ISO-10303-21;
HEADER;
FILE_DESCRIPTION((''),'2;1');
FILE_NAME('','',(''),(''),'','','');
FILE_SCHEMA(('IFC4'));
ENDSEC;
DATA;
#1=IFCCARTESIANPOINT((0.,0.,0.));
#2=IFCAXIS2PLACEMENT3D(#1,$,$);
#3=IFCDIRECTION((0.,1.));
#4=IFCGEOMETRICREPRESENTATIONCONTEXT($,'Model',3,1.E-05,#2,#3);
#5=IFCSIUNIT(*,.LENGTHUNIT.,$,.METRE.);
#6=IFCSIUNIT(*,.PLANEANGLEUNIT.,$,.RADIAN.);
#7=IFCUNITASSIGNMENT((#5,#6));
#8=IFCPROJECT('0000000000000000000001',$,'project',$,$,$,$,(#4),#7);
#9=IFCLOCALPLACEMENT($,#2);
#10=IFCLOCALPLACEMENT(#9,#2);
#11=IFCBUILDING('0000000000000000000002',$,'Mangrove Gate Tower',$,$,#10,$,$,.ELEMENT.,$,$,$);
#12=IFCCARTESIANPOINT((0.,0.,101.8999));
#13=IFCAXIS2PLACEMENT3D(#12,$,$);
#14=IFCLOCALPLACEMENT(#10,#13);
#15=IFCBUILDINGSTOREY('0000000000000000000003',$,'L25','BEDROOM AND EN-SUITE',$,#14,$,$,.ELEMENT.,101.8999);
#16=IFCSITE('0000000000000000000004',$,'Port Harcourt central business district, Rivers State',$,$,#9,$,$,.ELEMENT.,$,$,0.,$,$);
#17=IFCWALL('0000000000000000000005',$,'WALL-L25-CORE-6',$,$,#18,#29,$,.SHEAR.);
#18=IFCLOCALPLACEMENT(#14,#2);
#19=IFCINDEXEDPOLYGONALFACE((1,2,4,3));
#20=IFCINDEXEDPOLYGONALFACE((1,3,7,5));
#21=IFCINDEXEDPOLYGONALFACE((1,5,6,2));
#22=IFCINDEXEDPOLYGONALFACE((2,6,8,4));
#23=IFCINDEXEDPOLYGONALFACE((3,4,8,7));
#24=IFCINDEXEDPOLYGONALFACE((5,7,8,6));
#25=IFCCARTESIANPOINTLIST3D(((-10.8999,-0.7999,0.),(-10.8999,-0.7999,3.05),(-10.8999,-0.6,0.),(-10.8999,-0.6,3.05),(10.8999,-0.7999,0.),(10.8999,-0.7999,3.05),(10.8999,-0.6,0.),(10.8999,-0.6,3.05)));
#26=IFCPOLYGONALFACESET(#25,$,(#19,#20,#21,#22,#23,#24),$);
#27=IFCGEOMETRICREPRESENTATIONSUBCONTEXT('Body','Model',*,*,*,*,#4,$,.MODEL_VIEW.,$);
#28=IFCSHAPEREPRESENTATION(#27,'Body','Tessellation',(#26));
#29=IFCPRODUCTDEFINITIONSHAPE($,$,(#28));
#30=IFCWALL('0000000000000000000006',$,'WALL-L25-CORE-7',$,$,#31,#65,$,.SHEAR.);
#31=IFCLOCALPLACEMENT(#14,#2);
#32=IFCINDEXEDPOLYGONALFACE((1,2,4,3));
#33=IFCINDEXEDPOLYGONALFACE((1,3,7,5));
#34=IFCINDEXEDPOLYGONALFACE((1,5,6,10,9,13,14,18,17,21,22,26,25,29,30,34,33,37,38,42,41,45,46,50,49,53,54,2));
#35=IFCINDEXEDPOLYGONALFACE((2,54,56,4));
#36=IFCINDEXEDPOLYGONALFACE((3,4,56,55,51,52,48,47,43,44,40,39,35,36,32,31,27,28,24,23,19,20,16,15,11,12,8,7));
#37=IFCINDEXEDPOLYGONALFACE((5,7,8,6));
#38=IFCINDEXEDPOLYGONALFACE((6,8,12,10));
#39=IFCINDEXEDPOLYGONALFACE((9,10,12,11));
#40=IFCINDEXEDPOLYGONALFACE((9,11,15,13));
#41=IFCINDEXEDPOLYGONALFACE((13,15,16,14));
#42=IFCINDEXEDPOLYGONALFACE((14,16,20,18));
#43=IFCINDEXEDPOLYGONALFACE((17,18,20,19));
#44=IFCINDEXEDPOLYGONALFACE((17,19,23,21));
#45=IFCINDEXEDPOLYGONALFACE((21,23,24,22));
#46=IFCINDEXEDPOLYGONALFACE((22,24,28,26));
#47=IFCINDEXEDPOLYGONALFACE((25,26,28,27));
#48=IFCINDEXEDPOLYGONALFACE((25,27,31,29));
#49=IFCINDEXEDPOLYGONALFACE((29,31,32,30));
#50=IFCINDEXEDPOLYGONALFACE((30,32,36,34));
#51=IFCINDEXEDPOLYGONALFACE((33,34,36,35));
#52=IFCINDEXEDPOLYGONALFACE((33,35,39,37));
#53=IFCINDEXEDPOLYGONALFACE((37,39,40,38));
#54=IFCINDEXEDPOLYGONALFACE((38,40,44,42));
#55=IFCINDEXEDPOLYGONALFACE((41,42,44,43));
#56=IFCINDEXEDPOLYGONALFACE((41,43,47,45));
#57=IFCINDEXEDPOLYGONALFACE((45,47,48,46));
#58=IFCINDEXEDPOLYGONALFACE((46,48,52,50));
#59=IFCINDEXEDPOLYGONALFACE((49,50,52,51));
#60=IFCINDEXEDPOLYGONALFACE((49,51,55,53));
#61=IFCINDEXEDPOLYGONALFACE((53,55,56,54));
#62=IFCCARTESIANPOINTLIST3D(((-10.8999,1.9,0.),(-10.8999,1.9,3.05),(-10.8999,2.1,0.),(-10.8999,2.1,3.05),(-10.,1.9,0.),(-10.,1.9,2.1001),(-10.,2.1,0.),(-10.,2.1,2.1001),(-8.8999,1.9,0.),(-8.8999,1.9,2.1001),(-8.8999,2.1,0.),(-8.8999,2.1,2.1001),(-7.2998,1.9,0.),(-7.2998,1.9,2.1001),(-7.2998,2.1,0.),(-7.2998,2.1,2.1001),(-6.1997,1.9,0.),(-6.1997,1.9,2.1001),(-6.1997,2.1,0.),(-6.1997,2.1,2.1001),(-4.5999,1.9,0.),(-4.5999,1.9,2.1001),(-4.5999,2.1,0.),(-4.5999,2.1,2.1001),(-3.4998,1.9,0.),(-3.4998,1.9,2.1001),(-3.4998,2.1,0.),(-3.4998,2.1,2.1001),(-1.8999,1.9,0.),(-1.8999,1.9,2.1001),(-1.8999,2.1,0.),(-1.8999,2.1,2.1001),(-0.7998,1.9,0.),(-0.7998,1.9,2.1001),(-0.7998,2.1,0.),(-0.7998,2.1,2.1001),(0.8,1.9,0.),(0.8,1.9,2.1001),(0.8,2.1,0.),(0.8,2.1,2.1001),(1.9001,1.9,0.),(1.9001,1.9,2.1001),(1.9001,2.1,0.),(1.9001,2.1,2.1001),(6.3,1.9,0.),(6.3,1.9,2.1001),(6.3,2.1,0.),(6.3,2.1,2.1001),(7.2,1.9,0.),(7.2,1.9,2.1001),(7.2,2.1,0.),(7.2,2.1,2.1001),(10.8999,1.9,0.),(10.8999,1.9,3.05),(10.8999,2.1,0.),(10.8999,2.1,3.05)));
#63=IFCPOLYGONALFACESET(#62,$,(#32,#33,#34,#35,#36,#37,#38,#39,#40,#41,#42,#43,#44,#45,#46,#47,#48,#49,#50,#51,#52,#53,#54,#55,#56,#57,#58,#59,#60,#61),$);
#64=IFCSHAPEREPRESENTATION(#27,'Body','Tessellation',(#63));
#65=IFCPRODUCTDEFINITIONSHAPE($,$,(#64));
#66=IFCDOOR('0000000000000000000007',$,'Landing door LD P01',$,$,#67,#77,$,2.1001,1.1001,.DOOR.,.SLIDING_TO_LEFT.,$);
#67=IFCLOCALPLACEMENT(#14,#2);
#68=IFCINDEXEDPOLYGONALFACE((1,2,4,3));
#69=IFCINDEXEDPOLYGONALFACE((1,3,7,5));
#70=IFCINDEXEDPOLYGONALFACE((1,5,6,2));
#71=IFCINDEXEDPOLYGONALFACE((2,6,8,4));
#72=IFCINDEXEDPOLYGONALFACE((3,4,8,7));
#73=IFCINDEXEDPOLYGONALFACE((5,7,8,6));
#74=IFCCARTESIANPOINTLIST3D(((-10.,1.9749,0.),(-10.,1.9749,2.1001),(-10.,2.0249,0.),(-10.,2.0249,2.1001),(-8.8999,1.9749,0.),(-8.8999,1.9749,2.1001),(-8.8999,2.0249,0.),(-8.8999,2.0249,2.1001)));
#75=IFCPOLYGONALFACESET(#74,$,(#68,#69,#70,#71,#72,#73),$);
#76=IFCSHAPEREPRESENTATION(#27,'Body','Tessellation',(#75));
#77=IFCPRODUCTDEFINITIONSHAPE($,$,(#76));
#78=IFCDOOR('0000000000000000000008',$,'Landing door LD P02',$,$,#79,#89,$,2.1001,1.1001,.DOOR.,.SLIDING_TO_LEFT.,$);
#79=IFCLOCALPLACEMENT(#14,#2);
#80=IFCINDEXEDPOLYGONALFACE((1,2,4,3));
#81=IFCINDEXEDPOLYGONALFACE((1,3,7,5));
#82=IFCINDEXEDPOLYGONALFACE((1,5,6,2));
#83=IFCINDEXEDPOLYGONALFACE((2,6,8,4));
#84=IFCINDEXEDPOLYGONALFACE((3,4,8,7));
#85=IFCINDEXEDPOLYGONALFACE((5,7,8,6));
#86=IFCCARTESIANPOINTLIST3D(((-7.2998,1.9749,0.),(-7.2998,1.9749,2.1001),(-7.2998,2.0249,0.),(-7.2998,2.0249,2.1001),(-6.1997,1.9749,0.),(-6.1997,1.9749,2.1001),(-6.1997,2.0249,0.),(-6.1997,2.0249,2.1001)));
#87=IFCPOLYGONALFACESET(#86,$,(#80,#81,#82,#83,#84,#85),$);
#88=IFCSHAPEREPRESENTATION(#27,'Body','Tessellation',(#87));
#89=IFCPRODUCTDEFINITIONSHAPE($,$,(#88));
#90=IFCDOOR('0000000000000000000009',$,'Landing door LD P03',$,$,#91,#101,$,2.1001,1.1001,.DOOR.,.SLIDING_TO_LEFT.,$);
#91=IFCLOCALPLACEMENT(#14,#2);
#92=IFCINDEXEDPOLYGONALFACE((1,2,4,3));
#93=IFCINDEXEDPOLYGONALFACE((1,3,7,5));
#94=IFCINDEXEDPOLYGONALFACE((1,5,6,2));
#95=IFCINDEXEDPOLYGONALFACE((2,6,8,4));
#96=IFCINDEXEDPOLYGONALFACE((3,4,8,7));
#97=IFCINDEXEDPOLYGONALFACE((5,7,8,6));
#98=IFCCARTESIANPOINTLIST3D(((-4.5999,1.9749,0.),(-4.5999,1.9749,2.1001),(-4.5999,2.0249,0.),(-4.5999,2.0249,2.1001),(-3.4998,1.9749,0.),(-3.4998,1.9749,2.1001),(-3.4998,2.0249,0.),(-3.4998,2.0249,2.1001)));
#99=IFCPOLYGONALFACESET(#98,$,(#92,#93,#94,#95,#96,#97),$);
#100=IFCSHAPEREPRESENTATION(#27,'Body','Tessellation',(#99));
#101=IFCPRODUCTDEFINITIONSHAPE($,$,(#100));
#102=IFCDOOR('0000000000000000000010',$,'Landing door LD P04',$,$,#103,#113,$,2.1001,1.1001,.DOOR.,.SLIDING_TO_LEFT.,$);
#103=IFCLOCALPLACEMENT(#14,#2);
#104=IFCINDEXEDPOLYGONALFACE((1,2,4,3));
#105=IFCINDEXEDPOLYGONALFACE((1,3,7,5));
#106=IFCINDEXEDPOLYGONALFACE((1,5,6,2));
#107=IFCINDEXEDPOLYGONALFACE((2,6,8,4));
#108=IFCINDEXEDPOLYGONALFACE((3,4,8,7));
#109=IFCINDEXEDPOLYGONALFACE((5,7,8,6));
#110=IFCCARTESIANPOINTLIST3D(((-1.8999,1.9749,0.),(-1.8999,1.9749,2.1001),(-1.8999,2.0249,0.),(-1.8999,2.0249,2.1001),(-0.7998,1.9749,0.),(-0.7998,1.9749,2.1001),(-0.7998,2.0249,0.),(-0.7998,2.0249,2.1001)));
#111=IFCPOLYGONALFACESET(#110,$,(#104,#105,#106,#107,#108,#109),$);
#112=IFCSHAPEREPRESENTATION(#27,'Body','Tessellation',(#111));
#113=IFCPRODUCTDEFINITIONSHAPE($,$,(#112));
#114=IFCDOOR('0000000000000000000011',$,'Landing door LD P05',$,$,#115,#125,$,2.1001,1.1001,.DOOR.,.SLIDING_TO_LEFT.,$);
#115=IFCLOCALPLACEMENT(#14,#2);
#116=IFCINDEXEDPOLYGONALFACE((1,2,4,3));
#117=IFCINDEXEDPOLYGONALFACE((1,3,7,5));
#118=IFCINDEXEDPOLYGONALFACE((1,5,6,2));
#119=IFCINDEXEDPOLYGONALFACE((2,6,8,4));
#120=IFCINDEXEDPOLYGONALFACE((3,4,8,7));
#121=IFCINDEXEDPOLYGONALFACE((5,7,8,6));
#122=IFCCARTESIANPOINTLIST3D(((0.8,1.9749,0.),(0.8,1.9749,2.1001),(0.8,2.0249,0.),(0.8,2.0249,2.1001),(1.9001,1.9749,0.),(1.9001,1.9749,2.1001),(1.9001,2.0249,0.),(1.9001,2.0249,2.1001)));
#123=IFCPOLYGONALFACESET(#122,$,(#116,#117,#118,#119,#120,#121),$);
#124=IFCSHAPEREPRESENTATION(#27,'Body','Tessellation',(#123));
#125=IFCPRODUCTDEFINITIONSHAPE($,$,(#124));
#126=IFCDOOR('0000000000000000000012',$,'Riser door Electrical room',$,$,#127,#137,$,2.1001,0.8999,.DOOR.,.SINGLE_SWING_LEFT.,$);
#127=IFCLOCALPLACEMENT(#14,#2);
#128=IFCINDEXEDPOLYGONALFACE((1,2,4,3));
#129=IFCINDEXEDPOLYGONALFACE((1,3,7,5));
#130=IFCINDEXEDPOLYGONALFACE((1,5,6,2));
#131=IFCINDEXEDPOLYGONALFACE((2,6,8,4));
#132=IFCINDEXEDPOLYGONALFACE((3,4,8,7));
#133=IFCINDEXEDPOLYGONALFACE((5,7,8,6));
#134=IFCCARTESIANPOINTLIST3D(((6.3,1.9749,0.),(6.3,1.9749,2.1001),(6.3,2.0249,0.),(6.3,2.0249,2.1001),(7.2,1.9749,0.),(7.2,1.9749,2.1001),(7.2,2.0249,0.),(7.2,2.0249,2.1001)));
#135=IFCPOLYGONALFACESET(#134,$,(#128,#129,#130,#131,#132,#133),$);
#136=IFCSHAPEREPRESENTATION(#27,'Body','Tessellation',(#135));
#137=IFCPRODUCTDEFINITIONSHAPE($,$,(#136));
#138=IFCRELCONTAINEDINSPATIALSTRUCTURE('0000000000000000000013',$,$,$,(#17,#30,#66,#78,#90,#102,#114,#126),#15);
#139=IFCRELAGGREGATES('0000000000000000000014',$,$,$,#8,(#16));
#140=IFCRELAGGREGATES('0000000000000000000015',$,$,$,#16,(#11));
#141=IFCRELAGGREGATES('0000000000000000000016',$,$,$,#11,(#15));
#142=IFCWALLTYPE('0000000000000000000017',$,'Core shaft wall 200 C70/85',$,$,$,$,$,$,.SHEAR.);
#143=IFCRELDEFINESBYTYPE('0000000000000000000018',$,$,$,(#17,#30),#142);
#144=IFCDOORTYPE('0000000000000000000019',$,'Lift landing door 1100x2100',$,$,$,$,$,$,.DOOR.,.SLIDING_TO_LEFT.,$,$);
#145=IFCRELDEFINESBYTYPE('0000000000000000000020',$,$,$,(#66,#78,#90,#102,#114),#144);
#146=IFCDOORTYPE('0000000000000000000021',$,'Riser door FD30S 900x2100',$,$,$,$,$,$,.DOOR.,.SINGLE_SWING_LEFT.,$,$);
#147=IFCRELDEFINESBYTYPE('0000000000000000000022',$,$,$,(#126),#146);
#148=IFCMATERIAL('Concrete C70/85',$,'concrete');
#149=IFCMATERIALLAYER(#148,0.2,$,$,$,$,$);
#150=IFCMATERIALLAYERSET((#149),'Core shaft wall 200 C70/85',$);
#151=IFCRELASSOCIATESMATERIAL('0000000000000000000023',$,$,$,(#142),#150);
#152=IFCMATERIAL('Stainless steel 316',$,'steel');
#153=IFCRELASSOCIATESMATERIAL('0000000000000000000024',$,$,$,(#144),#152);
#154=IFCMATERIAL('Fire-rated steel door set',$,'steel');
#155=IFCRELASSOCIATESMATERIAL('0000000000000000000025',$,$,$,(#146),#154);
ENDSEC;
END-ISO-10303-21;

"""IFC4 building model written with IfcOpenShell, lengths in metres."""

from ifc_helpers import new_model, si_unit, direction, frame, frame_2d, origin, place, context, subcontext, project, spatial, rectangle, extrude, material, layer, layer_set, type_object, element, fill, save


model = new_model("IFC4")

# Units and contexts
model_context = context("Model", 3, precision=1e-05, world=origin(), true_north=direction((0.0, 1.0)))
body_context = subcontext(model_context, "Body", "Model", "MODEL_VIEW")
ifc_project = project(units=[si_unit("LENGTHUNIT", "METRE"), si_unit("PLANEANGLEUNIT", "RADIAN")], contexts=[model_context])

# Site, building, storey
site_placement = place(None, origin())
site = spatial("IfcSite", under=ifc_project, at=site_placement, Name="Port Harcourt central business district, Rivers State", CompositionType="ELEMENT", RefElevation=0.0)
building_placement = place(site_placement, origin())
building = spatial("IfcBuilding", under=site, at=building_placement, Name="Mangrove Gate Tower", CompositionType="ELEMENT")
storey_placement = place(building_placement, frame((0.0, 0.0, 101.8999)))
storey = spatial("IfcBuildingStorey", under=building, at=storey_placement, Name="L25", Description="BEDROOM AND EN-SUITE", CompositionType="ELEMENT", Elevation=101.8999)

# Wall
ifc_material_1 = material(Name="Concrete C70/85", Category="concrete")
ifc_layer = layer(ifc_material_1, 0.2)
ifc_layer_set = layer_set([ifc_layer], Name="Core shaft wall 200 C70/85")
wall_type = type_object("IfcWallType", Name="Core shaft wall 200 C70/85", PredefinedType="SHEAR", material=ifc_layer_set)
wall_1_placement = place(storey_placement, frame((-10.8999, -0.7, 0.0), z_axis=(0.0, 0.0, 1.0), x_axis=(1.0, 0.0, 0.0)))
element("IfcWall", 1, at=wall_1_placement, inside=storey, type_object=wall_type, Name="WALL-L25-CORE-6", PredefinedType="SHEAR", context=body_context, shape_type="SweptSolid", body=[
    extrude(rectangle(XDim=21.7998, YDim=0.2, at=frame_2d((10.8999, 0.0))), origin(), (0.0, 0.0, 1.0), 3.05),
])

# Wall, openings, doors
wall_2_placement = place(storey_placement, frame((-10.8999, 2.0, 0.0), z_axis=(0.0, 0.0, 1.0), x_axis=(1.0, 0.0, 0.0)))
wall_2 = element("IfcWall", 2, at=wall_2_placement, inside=storey, type_object=wall_type, Name="WALL-L25-CORE-7", PredefinedType="SHEAR", context=body_context, shape_type="SweptSolid", body=[
    extrude(rectangle(XDim=21.7998, YDim=0.2, at=frame_2d((10.8999, 0.0))), origin(), (0.0, 0.0, 1.0), 3.05),
])
opening_1_placement = place(wall_2_placement, frame((0.8999, 0.0, 0.0)))
opening_1 = element("IfcOpeningElement", 3, at=opening_1_placement, cuts=wall_2, PredefinedType="OPENING", context=body_context, shape_type="SweptSolid", body=[
    extrude(rectangle(XDim=1.1001, YDim=2.1001, at=frame_2d((0.55, 1.05))), frame((0.0, 0.1099, 0.0), z_axis=(0.0, -1.0, 0.0), x_axis=(1.0, 0.0, 0.0)), (0.0, 0.0, 1.0), 0.22),
])
opening_2_placement = place(wall_2_placement, frame((3.6001, 0.0, 0.0)))
opening_2 = element("IfcOpeningElement", 4, at=opening_2_placement, cuts=wall_2, PredefinedType="OPENING", context=body_context, shape_type="SweptSolid", body=[
    extrude(rectangle(XDim=1.1001, YDim=2.1001, at=frame_2d((0.55, 1.05))), frame((0.0, 0.1099, 0.0), z_axis=(0.0, -1.0, 0.0), x_axis=(1.0, 0.0, 0.0)), (0.0, 0.0, 1.0), 0.22),
])
opening_3_placement = place(wall_2_placement, frame((6.3, 0.0, 0.0)))
opening_3 = element("IfcOpeningElement", 5, at=opening_3_placement, cuts=wall_2, PredefinedType="OPENING", context=body_context, shape_type="SweptSolid", body=[
    extrude(rectangle(XDim=1.1001, YDim=2.1001, at=frame_2d((0.55, 1.05))), frame((0.0, 0.1099, 0.0), z_axis=(0.0, -1.0, 0.0), x_axis=(1.0, 0.0, 0.0)), (0.0, 0.0, 1.0), 0.22),
])
opening_4_placement = place(wall_2_placement, frame((9.0, 0.0, 0.0)))
opening_4 = element("IfcOpeningElement", 6, at=opening_4_placement, cuts=wall_2, PredefinedType="OPENING", context=body_context, shape_type="SweptSolid", body=[
    extrude(rectangle(XDim=1.1001, YDim=2.1001, at=frame_2d((0.55, 1.05))), frame((0.0, 0.1099, 0.0), z_axis=(0.0, -1.0, 0.0), x_axis=(1.0, 0.0, 0.0)), (0.0, 0.0, 1.0), 0.22),
])
opening_5_placement = place(wall_2_placement, frame((11.7, 0.0, 0.0)))
opening_5 = element("IfcOpeningElement", 7, at=opening_5_placement, cuts=wall_2, PredefinedType="OPENING", context=body_context, shape_type="SweptSolid", body=[
    extrude(rectangle(XDim=1.1001, YDim=2.1001, at=frame_2d((0.55, 1.05))), frame((0.0, 0.1099, 0.0), z_axis=(0.0, -1.0, 0.0), x_axis=(1.0, 0.0, 0.0)), (0.0, 0.0, 1.0), 0.22),
])
opening_6_placement = place(wall_2_placement, frame((17.2, 0.0, 0.0)))
opening_6 = element("IfcOpeningElement", 8, at=opening_6_placement, cuts=wall_2, PredefinedType="OPENING", context=body_context, shape_type="SweptSolid", body=[
    extrude(rectangle(XDim=0.8999, YDim=2.1001, at=frame_2d((0.45, 1.05))), frame((0.0, 0.1099, 0.0), z_axis=(0.0, -1.0, 0.0), x_axis=(1.0, 0.0, 0.0)), (0.0, 0.0, 1.0), 0.22),
])
ifc_material_2 = material(Name="Stainless steel 316", Category="steel")
door_type_1 = type_object("IfcDoorType", Name="Lift landing door 1100x2100", OperationType="SLIDING_TO_LEFT", PredefinedType="DOOR", material=ifc_material_2)
door_1_placement = place(opening_1_placement, origin())
door_1 = element("IfcDoor", 9, at=door_1_placement, inside=storey, type_object=door_type_1, Name="Landing door LD P01", OperationType="SLIDING_TO_LEFT", OverallHeight=2.1001, OverallWidth=1.1001, PredefinedType="DOOR", context=body_context, shape_type="SweptSolid", body=[
    extrude(rectangle(XDim=1.1001, YDim=2.1001, at=frame_2d((0.55, 1.05))), frame((0.0, 0.0249, 0.0), z_axis=(0.0, -1.0, 0.0), x_axis=(1.0, 0.0, 0.0)), (0.0, 0.0, 1.0), 0.05),
])
fill(opening_1, door_1)
door_2_placement = place(opening_2_placement, origin())
door_2 = element("IfcDoor", 10, at=door_2_placement, inside=storey, type_object=door_type_1, Name="Landing door LD P02", OperationType="SLIDING_TO_LEFT", OverallHeight=2.1001, OverallWidth=1.1001, PredefinedType="DOOR", context=body_context, shape_type="SweptSolid", body=[
    extrude(rectangle(XDim=1.1001, YDim=2.1001, at=frame_2d((0.55, 1.05))), frame((0.0, 0.0249, 0.0), z_axis=(0.0, -1.0, 0.0), x_axis=(1.0, 0.0, 0.0)), (0.0, 0.0, 1.0), 0.05),
])
fill(opening_2, door_2)
door_3_placement = place(opening_3_placement, origin())
door_3 = element("IfcDoor", 11, at=door_3_placement, inside=storey, type_object=door_type_1, Name="Landing door LD P03", OperationType="SLIDING_TO_LEFT", OverallHeight=2.1001, OverallWidth=1.1001, PredefinedType="DOOR", context=body_context, shape_type="SweptSolid", body=[
    extrude(rectangle(XDim=1.1001, YDim=2.1001, at=frame_2d((0.55, 1.05))), frame((0.0, 0.0249, 0.0), z_axis=(0.0, -1.0, 0.0), x_axis=(1.0, 0.0, 0.0)), (0.0, 0.0, 1.0), 0.05),
])
fill(opening_3, door_3)
door_4_placement = place(opening_4_placement, origin())
door_4 = element("IfcDoor", 12, at=door_4_placement, inside=storey, type_object=door_type_1, Name="Landing door LD P04", OperationType="SLIDING_TO_LEFT", OverallHeight=2.1001, OverallWidth=1.1001, PredefinedType="DOOR", context=body_context, shape_type="SweptSolid", body=[
    extrude(rectangle(XDim=1.1001, YDim=2.1001, at=frame_2d((0.55, 1.05))), frame((0.0, 0.0249, 0.0), z_axis=(0.0, -1.0, 0.0), x_axis=(1.0, 0.0, 0.0)), (0.0, 0.0, 1.0), 0.05),
])
fill(opening_4, door_4)
door_5_placement = place(opening_5_placement, origin())
door_5 = element("IfcDoor", 13, at=door_5_placement, inside=storey, type_object=door_type_1, Name="Landing door LD P05", OperationType="SLIDING_TO_LEFT", OverallHeight=2.1001, OverallWidth=1.1001, PredefinedType="DOOR", context=body_context, shape_type="SweptSolid", body=[
    extrude(rectangle(XDim=1.1001, YDim=2.1001, at=frame_2d((0.55, 1.05))), frame((0.0, 0.0249, 0.0), z_axis=(0.0, -1.0, 0.0), x_axis=(1.0, 0.0, 0.0)), (0.0, 0.0, 1.0), 0.05),
])
fill(opening_5, door_5)
ifc_material_3 = material(Name="Fire-rated steel door set", Category="steel")
door_type_2 = type_object("IfcDoorType", Name="Riser door FD30S 900x2100", OperationType="SINGLE_SWING_LEFT", PredefinedType="DOOR", material=ifc_material_3)
door_6_placement = place(opening_6_placement, origin())
door_6 = element("IfcDoor", 14, at=door_6_placement, inside=storey, type_object=door_type_2, Name="Riser door Electrical room", OperationType="SINGLE_SWING_LEFT", OverallHeight=2.1001, OverallWidth=0.8999, PredefinedType="DOOR", context=body_context, shape_type="SweptSolid", body=[
    extrude(rectangle(XDim=0.8999, YDim=2.1001, at=frame_2d((0.45, 1.05))), frame((0.0, 0.0249, 0.0), z_axis=(0.0, -1.0, 0.0), x_axis=(1.0, 0.0, 0.0)), (0.0, 0.0, 1.0), 0.05),
])
fill(opening_6, door_6)

save(model, "model.ifc")
